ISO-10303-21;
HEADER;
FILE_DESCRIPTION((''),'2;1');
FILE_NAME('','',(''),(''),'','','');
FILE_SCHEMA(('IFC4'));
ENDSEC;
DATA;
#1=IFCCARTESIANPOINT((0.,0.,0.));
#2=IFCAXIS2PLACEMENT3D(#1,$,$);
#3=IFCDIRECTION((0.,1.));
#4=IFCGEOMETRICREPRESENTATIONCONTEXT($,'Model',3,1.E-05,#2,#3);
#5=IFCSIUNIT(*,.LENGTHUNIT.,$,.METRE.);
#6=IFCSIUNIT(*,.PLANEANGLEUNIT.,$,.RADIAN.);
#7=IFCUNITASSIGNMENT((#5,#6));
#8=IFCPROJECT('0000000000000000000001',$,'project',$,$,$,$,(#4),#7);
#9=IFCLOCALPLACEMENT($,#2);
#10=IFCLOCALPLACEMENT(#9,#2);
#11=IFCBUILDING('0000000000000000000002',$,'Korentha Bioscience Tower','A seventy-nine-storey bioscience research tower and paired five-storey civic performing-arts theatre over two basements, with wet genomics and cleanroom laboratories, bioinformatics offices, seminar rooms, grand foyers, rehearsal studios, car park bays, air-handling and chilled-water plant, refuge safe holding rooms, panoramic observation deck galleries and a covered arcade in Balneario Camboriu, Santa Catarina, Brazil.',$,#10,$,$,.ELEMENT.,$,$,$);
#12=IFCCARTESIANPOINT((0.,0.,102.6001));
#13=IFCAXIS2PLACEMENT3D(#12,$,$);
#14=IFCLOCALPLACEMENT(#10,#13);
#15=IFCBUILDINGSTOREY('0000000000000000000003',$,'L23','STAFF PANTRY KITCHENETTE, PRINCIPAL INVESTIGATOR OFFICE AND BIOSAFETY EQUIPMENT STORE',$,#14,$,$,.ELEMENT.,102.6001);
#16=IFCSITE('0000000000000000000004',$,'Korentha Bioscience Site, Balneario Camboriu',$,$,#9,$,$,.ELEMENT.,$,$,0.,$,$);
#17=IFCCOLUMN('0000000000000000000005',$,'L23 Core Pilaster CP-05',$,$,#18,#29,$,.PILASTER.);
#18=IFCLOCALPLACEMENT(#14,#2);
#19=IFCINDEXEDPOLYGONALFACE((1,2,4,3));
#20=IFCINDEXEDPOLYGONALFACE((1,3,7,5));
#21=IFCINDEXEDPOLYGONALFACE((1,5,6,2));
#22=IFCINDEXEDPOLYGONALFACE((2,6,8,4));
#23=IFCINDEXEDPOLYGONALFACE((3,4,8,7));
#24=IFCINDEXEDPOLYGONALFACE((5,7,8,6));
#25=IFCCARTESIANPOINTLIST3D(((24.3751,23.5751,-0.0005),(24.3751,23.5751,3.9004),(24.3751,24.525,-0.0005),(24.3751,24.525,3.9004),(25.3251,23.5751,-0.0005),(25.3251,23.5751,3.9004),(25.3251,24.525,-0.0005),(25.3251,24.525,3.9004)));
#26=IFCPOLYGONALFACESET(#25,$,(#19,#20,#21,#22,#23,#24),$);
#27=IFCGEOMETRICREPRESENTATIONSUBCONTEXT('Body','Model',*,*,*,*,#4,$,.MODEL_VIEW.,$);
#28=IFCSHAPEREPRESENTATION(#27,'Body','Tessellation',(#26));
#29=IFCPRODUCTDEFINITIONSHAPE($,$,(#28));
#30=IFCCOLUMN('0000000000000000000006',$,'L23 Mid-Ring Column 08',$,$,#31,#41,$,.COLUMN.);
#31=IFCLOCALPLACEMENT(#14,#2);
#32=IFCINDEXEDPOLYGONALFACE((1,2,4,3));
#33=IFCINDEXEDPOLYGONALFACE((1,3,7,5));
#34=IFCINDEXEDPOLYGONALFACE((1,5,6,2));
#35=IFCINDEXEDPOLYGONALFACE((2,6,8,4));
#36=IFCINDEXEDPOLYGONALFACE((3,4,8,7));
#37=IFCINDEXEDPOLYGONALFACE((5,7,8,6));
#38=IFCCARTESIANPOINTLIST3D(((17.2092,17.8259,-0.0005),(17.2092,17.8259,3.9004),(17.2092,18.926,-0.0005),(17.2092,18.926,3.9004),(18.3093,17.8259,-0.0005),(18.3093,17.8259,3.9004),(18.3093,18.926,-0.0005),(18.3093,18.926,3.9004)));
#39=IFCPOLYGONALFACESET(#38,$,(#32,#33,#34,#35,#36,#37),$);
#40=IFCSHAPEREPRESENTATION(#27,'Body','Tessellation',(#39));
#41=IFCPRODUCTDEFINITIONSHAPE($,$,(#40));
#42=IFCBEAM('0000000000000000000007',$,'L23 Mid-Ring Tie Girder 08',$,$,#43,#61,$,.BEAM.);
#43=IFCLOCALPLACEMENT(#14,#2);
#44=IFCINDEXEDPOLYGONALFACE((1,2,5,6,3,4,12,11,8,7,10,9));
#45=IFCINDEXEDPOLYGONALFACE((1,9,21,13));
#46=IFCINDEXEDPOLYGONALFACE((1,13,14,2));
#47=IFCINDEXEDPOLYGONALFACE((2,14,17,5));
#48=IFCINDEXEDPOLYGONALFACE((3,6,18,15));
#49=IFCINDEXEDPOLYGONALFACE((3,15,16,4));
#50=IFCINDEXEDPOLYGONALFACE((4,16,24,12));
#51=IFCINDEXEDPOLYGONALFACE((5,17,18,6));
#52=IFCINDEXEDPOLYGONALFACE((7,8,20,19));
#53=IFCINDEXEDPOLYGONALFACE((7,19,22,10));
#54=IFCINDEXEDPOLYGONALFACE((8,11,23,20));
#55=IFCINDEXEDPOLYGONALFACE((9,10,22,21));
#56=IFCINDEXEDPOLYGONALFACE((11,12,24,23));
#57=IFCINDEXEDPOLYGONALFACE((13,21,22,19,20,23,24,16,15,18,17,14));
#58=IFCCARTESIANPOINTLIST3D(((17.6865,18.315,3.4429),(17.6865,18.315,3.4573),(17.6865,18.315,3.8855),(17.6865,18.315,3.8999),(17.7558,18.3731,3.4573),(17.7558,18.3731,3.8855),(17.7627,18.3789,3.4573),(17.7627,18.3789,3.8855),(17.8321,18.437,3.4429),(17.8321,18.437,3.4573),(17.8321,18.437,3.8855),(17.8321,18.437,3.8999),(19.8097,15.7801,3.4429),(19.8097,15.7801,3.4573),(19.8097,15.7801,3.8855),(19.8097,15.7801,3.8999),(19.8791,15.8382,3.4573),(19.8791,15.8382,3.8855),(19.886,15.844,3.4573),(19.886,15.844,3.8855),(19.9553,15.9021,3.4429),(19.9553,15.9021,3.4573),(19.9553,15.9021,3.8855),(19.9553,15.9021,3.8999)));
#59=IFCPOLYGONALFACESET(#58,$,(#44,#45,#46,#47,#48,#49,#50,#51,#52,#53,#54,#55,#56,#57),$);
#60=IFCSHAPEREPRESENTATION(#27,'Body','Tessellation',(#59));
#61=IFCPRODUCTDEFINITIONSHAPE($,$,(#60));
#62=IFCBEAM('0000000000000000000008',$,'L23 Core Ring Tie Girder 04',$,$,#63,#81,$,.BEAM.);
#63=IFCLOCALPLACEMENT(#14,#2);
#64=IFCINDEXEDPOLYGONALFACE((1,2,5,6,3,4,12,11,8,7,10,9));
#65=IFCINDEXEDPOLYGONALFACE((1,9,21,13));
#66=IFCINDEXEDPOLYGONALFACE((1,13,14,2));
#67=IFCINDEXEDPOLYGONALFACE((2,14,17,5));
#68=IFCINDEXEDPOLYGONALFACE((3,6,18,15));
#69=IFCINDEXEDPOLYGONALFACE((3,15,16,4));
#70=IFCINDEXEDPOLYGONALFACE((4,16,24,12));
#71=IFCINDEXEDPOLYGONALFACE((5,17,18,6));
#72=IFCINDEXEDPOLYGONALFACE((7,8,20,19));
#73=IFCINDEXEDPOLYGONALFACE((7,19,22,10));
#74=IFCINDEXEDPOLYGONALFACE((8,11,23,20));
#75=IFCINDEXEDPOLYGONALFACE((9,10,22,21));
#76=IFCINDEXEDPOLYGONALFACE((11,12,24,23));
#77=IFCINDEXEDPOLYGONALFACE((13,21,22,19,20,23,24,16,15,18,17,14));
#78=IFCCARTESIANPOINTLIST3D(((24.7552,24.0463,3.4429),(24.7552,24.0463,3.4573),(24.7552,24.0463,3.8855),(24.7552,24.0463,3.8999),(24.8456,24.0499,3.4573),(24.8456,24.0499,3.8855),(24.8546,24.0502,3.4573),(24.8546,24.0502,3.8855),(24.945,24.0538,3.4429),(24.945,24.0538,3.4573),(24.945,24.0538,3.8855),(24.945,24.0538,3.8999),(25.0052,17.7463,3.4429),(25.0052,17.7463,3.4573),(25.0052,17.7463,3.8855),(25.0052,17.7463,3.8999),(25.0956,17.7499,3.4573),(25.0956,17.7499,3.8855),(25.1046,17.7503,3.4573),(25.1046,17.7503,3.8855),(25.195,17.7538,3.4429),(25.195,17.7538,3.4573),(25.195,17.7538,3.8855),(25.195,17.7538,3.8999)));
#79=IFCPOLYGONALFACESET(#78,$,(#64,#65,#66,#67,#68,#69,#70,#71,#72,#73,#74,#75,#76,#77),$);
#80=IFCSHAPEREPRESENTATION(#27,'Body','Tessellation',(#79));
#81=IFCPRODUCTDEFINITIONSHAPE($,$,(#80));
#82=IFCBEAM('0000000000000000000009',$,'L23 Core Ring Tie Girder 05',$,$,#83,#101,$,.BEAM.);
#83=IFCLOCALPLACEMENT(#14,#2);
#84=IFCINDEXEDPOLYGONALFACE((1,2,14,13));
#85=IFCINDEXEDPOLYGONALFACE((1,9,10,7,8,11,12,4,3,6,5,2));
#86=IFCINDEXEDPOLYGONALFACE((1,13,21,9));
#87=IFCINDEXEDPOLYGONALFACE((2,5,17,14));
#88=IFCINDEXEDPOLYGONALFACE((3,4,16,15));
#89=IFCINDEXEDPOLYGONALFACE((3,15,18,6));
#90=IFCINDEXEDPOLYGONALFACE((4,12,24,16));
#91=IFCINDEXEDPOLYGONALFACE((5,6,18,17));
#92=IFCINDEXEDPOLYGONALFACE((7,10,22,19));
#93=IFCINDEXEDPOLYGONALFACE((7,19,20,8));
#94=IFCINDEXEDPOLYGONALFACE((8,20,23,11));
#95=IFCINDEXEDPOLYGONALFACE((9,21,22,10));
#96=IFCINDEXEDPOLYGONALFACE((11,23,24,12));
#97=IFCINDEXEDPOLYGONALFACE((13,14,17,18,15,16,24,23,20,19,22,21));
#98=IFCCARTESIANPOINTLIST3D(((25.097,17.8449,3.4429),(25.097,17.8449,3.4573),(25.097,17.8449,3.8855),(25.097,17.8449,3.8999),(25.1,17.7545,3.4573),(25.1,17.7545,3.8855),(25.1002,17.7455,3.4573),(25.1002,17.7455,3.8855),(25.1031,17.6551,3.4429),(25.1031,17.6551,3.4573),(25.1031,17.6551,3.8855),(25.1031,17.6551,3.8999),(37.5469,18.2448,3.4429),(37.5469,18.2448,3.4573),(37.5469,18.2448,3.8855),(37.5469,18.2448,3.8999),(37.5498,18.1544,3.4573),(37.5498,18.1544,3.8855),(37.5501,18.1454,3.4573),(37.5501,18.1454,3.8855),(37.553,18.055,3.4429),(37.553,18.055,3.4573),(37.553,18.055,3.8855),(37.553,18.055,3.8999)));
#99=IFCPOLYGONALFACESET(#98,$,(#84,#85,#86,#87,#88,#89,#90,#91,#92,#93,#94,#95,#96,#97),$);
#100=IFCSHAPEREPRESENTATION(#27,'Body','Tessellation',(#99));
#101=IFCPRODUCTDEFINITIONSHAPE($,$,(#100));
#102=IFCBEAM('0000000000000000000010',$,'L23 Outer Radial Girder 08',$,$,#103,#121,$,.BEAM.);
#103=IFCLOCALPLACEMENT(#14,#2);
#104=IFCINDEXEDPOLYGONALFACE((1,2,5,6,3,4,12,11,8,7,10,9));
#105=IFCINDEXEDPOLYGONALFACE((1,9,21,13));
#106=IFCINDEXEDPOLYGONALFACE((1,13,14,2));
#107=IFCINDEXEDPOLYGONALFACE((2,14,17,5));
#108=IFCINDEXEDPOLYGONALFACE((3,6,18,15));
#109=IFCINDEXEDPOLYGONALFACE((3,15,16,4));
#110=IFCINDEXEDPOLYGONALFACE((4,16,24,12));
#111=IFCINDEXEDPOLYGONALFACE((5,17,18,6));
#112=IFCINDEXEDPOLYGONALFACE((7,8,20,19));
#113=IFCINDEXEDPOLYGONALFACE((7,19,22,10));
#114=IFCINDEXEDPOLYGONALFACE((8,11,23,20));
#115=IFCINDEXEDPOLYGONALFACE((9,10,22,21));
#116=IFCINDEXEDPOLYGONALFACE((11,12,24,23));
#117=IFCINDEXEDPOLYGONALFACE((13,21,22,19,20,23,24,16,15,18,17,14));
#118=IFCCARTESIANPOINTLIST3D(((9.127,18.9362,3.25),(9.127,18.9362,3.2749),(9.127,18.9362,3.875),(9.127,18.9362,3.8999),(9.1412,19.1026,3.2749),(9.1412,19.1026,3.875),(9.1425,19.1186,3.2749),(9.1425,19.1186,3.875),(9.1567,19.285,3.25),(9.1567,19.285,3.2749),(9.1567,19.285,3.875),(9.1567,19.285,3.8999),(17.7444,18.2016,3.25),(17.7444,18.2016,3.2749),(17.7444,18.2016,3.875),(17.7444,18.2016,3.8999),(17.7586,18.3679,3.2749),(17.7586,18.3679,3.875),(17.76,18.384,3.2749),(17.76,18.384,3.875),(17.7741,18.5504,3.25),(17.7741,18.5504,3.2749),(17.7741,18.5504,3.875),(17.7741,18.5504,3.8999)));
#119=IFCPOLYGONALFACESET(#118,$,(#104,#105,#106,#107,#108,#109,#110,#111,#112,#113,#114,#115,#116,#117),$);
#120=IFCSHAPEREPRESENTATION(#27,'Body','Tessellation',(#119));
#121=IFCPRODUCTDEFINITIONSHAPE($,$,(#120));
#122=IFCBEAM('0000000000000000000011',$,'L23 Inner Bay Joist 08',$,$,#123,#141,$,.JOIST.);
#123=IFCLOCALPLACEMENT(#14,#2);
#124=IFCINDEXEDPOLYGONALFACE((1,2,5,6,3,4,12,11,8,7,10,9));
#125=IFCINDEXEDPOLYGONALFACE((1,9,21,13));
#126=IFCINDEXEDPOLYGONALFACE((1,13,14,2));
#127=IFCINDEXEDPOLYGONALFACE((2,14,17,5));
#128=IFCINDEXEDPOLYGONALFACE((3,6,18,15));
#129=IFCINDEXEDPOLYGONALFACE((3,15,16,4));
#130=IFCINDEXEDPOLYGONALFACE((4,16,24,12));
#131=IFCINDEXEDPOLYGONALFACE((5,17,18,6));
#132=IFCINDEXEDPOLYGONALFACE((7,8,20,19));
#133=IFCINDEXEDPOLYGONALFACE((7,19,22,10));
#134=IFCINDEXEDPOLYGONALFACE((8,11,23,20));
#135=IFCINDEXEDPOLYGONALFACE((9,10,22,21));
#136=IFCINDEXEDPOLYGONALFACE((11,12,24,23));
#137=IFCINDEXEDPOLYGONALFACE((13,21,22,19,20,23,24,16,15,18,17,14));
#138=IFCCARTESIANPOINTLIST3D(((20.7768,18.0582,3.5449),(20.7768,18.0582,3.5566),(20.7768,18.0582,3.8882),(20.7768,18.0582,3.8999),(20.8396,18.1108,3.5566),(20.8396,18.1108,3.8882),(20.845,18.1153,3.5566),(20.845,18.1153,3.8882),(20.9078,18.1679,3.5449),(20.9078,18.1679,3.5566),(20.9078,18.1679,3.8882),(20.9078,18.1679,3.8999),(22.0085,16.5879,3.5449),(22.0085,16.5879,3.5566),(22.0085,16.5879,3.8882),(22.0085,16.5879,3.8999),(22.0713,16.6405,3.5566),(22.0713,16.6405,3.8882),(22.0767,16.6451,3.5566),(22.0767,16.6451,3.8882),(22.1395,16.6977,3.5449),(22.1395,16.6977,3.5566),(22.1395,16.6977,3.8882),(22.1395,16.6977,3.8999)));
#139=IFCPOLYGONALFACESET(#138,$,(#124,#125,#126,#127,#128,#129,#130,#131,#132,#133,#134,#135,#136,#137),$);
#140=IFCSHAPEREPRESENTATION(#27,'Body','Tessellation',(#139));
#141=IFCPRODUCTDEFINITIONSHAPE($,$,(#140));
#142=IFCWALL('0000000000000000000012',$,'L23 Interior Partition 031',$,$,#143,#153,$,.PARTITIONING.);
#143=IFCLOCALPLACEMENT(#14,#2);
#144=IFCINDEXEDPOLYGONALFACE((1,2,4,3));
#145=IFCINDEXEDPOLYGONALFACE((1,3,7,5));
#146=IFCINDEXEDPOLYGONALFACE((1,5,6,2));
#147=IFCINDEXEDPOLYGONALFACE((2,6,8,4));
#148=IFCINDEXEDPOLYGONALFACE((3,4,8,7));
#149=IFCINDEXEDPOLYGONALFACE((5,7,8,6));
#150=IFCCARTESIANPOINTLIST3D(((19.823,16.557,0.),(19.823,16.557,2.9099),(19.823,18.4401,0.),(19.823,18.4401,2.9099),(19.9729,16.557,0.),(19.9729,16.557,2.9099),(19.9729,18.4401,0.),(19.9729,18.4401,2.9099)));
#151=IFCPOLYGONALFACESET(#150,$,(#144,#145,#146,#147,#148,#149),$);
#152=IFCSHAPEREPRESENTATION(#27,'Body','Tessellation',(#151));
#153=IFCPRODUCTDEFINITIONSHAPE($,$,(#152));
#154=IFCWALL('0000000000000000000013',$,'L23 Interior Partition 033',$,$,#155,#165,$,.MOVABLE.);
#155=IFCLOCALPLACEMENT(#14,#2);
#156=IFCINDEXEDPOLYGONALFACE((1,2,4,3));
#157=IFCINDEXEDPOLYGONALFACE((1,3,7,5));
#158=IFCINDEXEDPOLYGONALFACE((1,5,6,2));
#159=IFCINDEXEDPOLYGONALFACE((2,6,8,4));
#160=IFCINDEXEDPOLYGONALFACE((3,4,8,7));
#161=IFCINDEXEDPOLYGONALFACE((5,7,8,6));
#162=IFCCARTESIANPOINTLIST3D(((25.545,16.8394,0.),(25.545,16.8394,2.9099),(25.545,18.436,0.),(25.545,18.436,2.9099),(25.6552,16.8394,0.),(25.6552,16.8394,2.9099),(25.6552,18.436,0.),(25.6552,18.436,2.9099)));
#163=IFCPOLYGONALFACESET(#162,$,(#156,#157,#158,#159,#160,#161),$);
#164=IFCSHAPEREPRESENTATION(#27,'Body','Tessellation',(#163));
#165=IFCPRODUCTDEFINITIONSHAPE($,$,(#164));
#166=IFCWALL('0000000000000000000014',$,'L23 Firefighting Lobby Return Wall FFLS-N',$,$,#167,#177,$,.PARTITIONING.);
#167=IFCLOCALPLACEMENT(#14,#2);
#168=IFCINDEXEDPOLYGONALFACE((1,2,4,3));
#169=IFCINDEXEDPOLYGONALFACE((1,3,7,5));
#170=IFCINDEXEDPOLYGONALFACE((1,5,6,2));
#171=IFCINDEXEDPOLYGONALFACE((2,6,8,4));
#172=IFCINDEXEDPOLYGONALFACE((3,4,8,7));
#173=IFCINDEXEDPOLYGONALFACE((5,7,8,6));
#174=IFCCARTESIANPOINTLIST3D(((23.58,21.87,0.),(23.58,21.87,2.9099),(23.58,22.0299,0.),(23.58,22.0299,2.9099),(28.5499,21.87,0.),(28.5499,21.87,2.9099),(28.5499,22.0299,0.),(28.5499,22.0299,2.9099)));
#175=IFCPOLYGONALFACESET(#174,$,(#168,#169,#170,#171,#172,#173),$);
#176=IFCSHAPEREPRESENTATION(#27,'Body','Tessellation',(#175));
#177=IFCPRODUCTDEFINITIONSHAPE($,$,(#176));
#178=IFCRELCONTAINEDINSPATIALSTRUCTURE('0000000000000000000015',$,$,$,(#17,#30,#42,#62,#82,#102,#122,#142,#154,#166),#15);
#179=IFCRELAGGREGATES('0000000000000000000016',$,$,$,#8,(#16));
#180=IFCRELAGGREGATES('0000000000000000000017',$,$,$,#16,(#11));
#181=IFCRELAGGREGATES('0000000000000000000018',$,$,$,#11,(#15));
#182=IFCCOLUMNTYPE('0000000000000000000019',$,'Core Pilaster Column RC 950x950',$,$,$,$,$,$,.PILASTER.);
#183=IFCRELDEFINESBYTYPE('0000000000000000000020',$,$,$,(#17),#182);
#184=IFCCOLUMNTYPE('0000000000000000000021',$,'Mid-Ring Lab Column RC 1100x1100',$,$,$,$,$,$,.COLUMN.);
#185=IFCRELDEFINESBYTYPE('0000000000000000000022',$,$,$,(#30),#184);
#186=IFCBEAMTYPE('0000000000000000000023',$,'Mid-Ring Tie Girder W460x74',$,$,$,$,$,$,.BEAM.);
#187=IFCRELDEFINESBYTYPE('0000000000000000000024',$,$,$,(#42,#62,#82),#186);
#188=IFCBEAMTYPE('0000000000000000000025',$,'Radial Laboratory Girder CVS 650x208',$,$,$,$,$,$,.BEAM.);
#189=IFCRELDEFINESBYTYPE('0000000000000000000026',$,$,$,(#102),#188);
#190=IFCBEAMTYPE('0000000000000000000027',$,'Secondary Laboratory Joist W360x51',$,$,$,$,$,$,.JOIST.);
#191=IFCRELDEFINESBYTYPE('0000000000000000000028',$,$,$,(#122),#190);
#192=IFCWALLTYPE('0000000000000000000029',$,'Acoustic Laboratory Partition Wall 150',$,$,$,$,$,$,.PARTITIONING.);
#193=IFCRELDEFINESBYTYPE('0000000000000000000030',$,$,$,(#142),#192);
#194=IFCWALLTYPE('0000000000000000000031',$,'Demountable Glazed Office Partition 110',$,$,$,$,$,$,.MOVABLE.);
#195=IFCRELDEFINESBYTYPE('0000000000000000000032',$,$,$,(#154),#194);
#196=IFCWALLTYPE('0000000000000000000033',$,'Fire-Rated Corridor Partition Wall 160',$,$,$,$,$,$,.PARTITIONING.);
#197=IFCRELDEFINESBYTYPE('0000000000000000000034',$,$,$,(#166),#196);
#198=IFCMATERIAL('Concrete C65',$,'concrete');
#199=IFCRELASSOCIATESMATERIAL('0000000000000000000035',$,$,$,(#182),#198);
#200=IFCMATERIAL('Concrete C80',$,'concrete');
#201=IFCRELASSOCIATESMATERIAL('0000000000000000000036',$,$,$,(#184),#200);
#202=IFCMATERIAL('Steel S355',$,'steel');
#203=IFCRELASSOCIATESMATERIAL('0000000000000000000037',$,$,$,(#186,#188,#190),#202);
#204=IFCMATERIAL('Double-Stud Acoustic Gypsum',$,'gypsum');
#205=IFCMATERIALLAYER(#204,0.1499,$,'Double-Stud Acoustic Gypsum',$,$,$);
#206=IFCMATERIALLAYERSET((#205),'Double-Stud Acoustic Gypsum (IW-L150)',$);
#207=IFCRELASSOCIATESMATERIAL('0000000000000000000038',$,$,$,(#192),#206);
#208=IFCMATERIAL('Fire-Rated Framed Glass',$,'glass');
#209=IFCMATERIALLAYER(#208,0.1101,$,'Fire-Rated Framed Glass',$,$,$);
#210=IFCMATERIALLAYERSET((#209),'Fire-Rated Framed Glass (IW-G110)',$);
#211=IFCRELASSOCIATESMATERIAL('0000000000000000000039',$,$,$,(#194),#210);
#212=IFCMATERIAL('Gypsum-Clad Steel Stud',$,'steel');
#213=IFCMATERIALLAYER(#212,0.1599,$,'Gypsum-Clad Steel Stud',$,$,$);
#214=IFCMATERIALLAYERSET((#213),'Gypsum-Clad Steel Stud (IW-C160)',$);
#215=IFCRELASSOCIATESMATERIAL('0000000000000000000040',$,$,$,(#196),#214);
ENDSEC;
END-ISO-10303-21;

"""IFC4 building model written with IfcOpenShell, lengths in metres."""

from ifc_helpers import new_model, si_unit, direction, frame, frame_2d, origin, origin_2d, place, context, subcontext, project, spatial, rectangle, i_section, extrude, material, layer, layer_set, material_profile, profile_set, type_object, element, save


model = new_model("IFC4")

# Units and contexts
model_context = context("Model", 3, precision=1e-05, world=origin(), true_north=direction((0.0, 1.0)))
body_context = subcontext(model_context, "Body", "Model", "MODEL_VIEW")
ifc_project = project(units=[si_unit("LENGTHUNIT", "METRE"), si_unit("PLANEANGLEUNIT", "RADIAN")], contexts=[model_context])

# Site, building, storey
site_placement = place(None, origin())
site = spatial("IfcSite", under=ifc_project, at=site_placement, Name="Korentha Bioscience Site, Balneario Camboriu", CompositionType="ELEMENT", RefElevation=0.0)
building_placement = place(site_placement, origin())
building = spatial("IfcBuilding", under=site, at=building_placement, Name="Korentha Bioscience Tower", Description="A seventy-nine-storey bioscience research tower and paired five-storey civic performing-arts theatre over two basements, with wet genomics and cleanroom laboratories, bioinformatics offices, seminar rooms, grand foyers, rehearsal studios, car park bays, air-handling and chilled-water plant, refuge safe holding rooms, panoramic observation deck galleries and a covered arcade in Balneario Camboriu, Santa Catarina, Brazil.", CompositionType="ELEMENT")
storey_placement = place(building_placement, frame((0.0, 0.0, 102.6001)))
storey = spatial("IfcBuildingStorey", under=building, at=storey_placement, Name="L23", Description="STAFF PANTRY KITCHENETTE, PRINCIPAL INVESTIGATOR OFFICE AND BIOSAFETY EQUIPMENT STORE", CompositionType="ELEMENT", Elevation=102.6001)

# Columns
ifc_material_1 = material(Name="Concrete C65", Category="concrete")
ifc_material_profile_1 = material_profile(ifc_material_1, rectangle(XDim=0.95, YDim=0.95, at=origin_2d()), Name="Concrete C65")
ifc_profile_set_1 = profile_set([ifc_material_profile_1], Name="Concrete C65 (COL-CP09)")
column_type_1 = type_object("IfcColumnType", Name="Core Pilaster Column RC 950x950", PredefinedType="PILASTER", material=ifc_profile_set_1)
column_1_placement = place(storey_placement, frame((24.8501, 24.05, -0.0005), z_axis=(0.0, 0.0, 1.0), x_axis=(1.0, 0.0, 0.0)))
element("IfcColumn", 1, at=column_1_placement, inside=storey, type_object=column_type_1, Name="L23 Core Pilaster CP-05", PredefinedType="PILASTER", context=body_context, shape_type="SweptSolid", body=[
    extrude(rectangle(XDim=0.95, YDim=0.95, at=origin_2d()), origin(), (0.0, 0.0, 1.0), 3.9009),
])
ifc_material_2 = material(Name="Concrete C80", Category="concrete")
ifc_material_profile_2 = material_profile(ifc_material_2, rectangle(XDim=1.1001, YDim=1.1001, at=origin_2d()), Name="Concrete C80")
ifc_profile_set_2 = profile_set([ifc_material_profile_2], Name="Concrete C80 (COL-MR11)")
column_type_2 = type_object("IfcColumnType", Name="Mid-Ring Lab Column RC 1100x1100", PredefinedType="COLUMN", material=ifc_profile_set_2)
column_2_placement = place(storey_placement, frame((17.7593, 18.376, -0.0005), z_axis=(0.0, 0.0, 1.0), x_axis=(1.0, 0.0, 0.0)))
element("IfcColumn", 2, at=column_2_placement, inside=storey, type_object=column_type_2, Name="L23 Mid-Ring Column 08", PredefinedType="COLUMN", context=body_context, shape_type="SweptSolid", body=[
    extrude(rectangle(XDim=1.1001, YDim=1.1001, at=origin_2d()), origin(), (0.0, 0.0, 1.0), 3.9009),
])

# Beams
ifc_material_3 = material(Name="Steel S355", Category="steel")
ifc_material_profile_3 = material_profile(ifc_material_3, i_section(OverallWidth=0.1899, OverallDepth=0.457, WebThickness=0.009, FlangeThickness=0.0144, at=origin_2d()), Name="Steel S355")
ifc_profile_set_3 = profile_set([ifc_material_profile_3], Name="Steel S355 (MB-460)")
beam_type_1 = type_object("IfcBeamType", Name="Mid-Ring Tie Girder W460x74", PredefinedType="BEAM", material=ifc_profile_set_3)
beam_1_placement = place(storey_placement, frame((17.7593, 18.376, 3.6714), z_axis=(0.642121, -0.766603, 0.0), x_axis=(0.766603, 0.642121, 0.0)))
element("IfcBeam", 3, at=beam_1_placement, inside=storey, type_object=beam_type_1, Name="L23 Mid-Ring Tie Girder 08", PredefinedType="BEAM", context=body_context, shape_type="SweptSolid", body=[
    extrude(i_section(OverallWidth=0.1899, OverallDepth=0.457, WebThickness=0.009, FlangeThickness=0.0144, at=origin_2d()), origin(), (0.0, 0.0, 1.0), 3.3066),
])
beam_2_placement = place(storey_placement, frame((24.8501, 24.05, 3.6714), z_axis=(0.039651, -0.999214, 0.0), x_axis=(0.999214, 0.039651, 0.0)))
element("IfcBeam", 4, at=beam_2_placement, inside=storey, type_object=beam_type_1, Name="L23 Core Ring Tie Girder 04", PredefinedType="BEAM", context=body_context, shape_type="SweptSolid", body=[
    extrude(i_section(OverallWidth=0.1899, OverallDepth=0.457, WebThickness=0.009, FlangeThickness=0.0144, at=origin_2d()), origin(), (0.0, 0.0, 1.0), 6.3049),
])
beam_3_placement = place(storey_placement, frame((25.1001, 17.75, 3.6714), z_axis=(0.999485, 0.032104, 0.0), x_axis=(-0.032104, 0.999485, 0.0)))
element("IfcBeam", 5, at=beam_3_placement, inside=storey, type_object=beam_type_1, Name="L23 Core Ring Tie Girder 05", PredefinedType="BEAM", context=body_context, shape_type="SweptSolid", body=[
    extrude(i_section(OverallWidth=0.1899, OverallDepth=0.457, WebThickness=0.009, FlangeThickness=0.0144, at=origin_2d()), origin(), (0.0, 0.0, 1.0), 12.4563),
])
ifc_material_profile_4 = material_profile(ifc_material_3, i_section(OverallWidth=0.3501, OverallDepth=0.6499, WebThickness=0.0161, FlangeThickness=0.0249, at=origin_2d()), Name="Steel S355")
ifc_profile_set_4 = profile_set([ifc_material_profile_4], Name="Steel S355 (RB-650)")
beam_type_2 = type_object("IfcBeamType", Name="Radial Laboratory Girder CVS 650x208", PredefinedType="BEAM", material=ifc_profile_set_4)
beam_4_placement = place(storey_placement, frame((17.7593, 18.376, 3.575), z_axis=(-0.996386, 0.08494, 0.0), x_axis=(-0.08494, -0.996386, 0.0)))
element("IfcBeam", 6, at=beam_4_placement, inside=storey, type_object=beam_type_2, Name="L23 Outer Radial Girder 08", PredefinedType="BEAM", context=body_context, shape_type="SweptSolid", body=[
    extrude(i_section(OverallWidth=0.3501, OverallDepth=0.6499, WebThickness=0.0161, FlangeThickness=0.0249, at=origin_2d()), origin(), (0.0, 0.0, 1.0), 8.6487),
])
ifc_material_profile_5 = material_profile(ifc_material_3, i_section(OverallWidth=0.1709, OverallDepth=0.355, WebThickness=0.0071, FlangeThickness=0.0117, at=origin_2d()), Name="Steel S355")
ifc_profile_set_5 = profile_set([ifc_material_profile_5], Name="Steel S355 (JB-360)")
beam_type_3 = type_object("IfcBeamType", Name="Secondary Laboratory Joist W360x51", PredefinedType="JOIST", material=ifc_profile_set_5)
beam_5_placement = place(storey_placement, frame((20.8423, 18.113, 3.7224), z_axis=(0.642185, -0.766549, 0.0), x_axis=(0.766549, 0.642185, 0.0)))
element("IfcBeam", 7, at=beam_5_placement, inside=storey, type_object=beam_type_3, Name="L23 Inner Bay Joist 08", PredefinedType="JOIST", context=body_context, shape_type="SweptSolid", body=[
    extrude(i_section(OverallWidth=0.1709, OverallDepth=0.355, WebThickness=0.0071, FlangeThickness=0.0117, at=origin_2d()), origin(), (0.0, 0.0, 1.0), 1.918),
])

# Wall
ifc_material_4 = material(Name="Double-Stud Acoustic Gypsum", Category="gypsum")
ifc_layer_1 = layer(ifc_material_4, 0.1499, Name="Double-Stud Acoustic Gypsum")
ifc_layer_set_1 = layer_set([ifc_layer_1], Name="Double-Stud Acoustic Gypsum (IW-L150)")
wall_type_1 = type_object("IfcWallType", Name="Acoustic Laboratory Partition Wall 150", PredefinedType="PARTITIONING", material=ifc_layer_set_1)
wall_1_placement = place(storey_placement, frame((19.8979, 18.4399, 0.0), z_axis=(0.0, 0.0, 1.0), x_axis=(0.0, -1.0, 0.0)))
element("IfcWall", 8, at=wall_1_placement, inside=storey, type_object=wall_type_1, Name="L23 Interior Partition 031", PredefinedType="PARTITIONING", context=body_context, shape_type="SweptSolid", body=[
    extrude(rectangle(XDim=1.8831, YDim=0.1499, at=frame_2d((0.9414, 0.0))), origin(), (0.0, 0.0, 1.0), 2.9099),
])

# Shared definitions
ifc_material_5 = material(Name="Fire-Rated Framed Glass", Category="glass")
ifc_layer_2 = layer(ifc_material_5, 0.1101, Name="Fire-Rated Framed Glass")
ifc_layer_set_2 = layer_set([ifc_layer_2], Name="Fire-Rated Framed Glass (IW-G110)")
wall_type_2 = type_object("IfcWallType", Name="Demountable Glazed Office Partition 110", PredefinedType="MOVABLE", material=ifc_layer_set_2)

# Wall
wall_2_placement = place(storey_placement, frame((25.6001, 18.436, 0.0), z_axis=(0.0, 0.0, 1.0), x_axis=(0.0, -1.0, 0.0)))
element("IfcWall", 9, at=wall_2_placement, inside=storey, type_object=wall_type_2, Name="L23 Interior Partition 033", PredefinedType="MOVABLE", context=body_context, shape_type="SweptSolid", body=[
    extrude(rectangle(XDim=1.5967, YDim=0.1101, at=frame_2d((0.7983, 0.0))), origin(), (0.0, 0.0, 1.0), 2.9099),
])

# Shared definitions
ifc_material_6 = material(Name="Gypsum-Clad Steel Stud", Category="steel")
ifc_layer_3 = layer(ifc_material_6, 0.1599, Name="Gypsum-Clad Steel Stud")
ifc_layer_set_3 = layer_set([ifc_layer_3], Name="Gypsum-Clad Steel Stud (IW-C160)")
wall_type_3 = type_object("IfcWallType", Name="Fire-Rated Corridor Partition Wall 160", PredefinedType="PARTITIONING", material=ifc_layer_set_3)

# Wall
wall_3_placement = place(storey_placement, frame((23.5801, 21.95, 0.0), z_axis=(0.0, 0.0, 1.0), x_axis=(1.0, 0.0, 0.0)))
element("IfcWall", 10, at=wall_3_placement, inside=storey, type_object=wall_type_3, Name="L23 Firefighting Lobby Return Wall FFLS-N", PredefinedType="PARTITIONING", context=body_context, shape_type="SweptSolid", body=[
    extrude(rectangle(XDim=4.97, YDim=0.1599, at=frame_2d((2.4849, 0.0))), origin(), (0.0, 0.0, 1.0), 2.9099),
])

save(model, "model.ifc")
